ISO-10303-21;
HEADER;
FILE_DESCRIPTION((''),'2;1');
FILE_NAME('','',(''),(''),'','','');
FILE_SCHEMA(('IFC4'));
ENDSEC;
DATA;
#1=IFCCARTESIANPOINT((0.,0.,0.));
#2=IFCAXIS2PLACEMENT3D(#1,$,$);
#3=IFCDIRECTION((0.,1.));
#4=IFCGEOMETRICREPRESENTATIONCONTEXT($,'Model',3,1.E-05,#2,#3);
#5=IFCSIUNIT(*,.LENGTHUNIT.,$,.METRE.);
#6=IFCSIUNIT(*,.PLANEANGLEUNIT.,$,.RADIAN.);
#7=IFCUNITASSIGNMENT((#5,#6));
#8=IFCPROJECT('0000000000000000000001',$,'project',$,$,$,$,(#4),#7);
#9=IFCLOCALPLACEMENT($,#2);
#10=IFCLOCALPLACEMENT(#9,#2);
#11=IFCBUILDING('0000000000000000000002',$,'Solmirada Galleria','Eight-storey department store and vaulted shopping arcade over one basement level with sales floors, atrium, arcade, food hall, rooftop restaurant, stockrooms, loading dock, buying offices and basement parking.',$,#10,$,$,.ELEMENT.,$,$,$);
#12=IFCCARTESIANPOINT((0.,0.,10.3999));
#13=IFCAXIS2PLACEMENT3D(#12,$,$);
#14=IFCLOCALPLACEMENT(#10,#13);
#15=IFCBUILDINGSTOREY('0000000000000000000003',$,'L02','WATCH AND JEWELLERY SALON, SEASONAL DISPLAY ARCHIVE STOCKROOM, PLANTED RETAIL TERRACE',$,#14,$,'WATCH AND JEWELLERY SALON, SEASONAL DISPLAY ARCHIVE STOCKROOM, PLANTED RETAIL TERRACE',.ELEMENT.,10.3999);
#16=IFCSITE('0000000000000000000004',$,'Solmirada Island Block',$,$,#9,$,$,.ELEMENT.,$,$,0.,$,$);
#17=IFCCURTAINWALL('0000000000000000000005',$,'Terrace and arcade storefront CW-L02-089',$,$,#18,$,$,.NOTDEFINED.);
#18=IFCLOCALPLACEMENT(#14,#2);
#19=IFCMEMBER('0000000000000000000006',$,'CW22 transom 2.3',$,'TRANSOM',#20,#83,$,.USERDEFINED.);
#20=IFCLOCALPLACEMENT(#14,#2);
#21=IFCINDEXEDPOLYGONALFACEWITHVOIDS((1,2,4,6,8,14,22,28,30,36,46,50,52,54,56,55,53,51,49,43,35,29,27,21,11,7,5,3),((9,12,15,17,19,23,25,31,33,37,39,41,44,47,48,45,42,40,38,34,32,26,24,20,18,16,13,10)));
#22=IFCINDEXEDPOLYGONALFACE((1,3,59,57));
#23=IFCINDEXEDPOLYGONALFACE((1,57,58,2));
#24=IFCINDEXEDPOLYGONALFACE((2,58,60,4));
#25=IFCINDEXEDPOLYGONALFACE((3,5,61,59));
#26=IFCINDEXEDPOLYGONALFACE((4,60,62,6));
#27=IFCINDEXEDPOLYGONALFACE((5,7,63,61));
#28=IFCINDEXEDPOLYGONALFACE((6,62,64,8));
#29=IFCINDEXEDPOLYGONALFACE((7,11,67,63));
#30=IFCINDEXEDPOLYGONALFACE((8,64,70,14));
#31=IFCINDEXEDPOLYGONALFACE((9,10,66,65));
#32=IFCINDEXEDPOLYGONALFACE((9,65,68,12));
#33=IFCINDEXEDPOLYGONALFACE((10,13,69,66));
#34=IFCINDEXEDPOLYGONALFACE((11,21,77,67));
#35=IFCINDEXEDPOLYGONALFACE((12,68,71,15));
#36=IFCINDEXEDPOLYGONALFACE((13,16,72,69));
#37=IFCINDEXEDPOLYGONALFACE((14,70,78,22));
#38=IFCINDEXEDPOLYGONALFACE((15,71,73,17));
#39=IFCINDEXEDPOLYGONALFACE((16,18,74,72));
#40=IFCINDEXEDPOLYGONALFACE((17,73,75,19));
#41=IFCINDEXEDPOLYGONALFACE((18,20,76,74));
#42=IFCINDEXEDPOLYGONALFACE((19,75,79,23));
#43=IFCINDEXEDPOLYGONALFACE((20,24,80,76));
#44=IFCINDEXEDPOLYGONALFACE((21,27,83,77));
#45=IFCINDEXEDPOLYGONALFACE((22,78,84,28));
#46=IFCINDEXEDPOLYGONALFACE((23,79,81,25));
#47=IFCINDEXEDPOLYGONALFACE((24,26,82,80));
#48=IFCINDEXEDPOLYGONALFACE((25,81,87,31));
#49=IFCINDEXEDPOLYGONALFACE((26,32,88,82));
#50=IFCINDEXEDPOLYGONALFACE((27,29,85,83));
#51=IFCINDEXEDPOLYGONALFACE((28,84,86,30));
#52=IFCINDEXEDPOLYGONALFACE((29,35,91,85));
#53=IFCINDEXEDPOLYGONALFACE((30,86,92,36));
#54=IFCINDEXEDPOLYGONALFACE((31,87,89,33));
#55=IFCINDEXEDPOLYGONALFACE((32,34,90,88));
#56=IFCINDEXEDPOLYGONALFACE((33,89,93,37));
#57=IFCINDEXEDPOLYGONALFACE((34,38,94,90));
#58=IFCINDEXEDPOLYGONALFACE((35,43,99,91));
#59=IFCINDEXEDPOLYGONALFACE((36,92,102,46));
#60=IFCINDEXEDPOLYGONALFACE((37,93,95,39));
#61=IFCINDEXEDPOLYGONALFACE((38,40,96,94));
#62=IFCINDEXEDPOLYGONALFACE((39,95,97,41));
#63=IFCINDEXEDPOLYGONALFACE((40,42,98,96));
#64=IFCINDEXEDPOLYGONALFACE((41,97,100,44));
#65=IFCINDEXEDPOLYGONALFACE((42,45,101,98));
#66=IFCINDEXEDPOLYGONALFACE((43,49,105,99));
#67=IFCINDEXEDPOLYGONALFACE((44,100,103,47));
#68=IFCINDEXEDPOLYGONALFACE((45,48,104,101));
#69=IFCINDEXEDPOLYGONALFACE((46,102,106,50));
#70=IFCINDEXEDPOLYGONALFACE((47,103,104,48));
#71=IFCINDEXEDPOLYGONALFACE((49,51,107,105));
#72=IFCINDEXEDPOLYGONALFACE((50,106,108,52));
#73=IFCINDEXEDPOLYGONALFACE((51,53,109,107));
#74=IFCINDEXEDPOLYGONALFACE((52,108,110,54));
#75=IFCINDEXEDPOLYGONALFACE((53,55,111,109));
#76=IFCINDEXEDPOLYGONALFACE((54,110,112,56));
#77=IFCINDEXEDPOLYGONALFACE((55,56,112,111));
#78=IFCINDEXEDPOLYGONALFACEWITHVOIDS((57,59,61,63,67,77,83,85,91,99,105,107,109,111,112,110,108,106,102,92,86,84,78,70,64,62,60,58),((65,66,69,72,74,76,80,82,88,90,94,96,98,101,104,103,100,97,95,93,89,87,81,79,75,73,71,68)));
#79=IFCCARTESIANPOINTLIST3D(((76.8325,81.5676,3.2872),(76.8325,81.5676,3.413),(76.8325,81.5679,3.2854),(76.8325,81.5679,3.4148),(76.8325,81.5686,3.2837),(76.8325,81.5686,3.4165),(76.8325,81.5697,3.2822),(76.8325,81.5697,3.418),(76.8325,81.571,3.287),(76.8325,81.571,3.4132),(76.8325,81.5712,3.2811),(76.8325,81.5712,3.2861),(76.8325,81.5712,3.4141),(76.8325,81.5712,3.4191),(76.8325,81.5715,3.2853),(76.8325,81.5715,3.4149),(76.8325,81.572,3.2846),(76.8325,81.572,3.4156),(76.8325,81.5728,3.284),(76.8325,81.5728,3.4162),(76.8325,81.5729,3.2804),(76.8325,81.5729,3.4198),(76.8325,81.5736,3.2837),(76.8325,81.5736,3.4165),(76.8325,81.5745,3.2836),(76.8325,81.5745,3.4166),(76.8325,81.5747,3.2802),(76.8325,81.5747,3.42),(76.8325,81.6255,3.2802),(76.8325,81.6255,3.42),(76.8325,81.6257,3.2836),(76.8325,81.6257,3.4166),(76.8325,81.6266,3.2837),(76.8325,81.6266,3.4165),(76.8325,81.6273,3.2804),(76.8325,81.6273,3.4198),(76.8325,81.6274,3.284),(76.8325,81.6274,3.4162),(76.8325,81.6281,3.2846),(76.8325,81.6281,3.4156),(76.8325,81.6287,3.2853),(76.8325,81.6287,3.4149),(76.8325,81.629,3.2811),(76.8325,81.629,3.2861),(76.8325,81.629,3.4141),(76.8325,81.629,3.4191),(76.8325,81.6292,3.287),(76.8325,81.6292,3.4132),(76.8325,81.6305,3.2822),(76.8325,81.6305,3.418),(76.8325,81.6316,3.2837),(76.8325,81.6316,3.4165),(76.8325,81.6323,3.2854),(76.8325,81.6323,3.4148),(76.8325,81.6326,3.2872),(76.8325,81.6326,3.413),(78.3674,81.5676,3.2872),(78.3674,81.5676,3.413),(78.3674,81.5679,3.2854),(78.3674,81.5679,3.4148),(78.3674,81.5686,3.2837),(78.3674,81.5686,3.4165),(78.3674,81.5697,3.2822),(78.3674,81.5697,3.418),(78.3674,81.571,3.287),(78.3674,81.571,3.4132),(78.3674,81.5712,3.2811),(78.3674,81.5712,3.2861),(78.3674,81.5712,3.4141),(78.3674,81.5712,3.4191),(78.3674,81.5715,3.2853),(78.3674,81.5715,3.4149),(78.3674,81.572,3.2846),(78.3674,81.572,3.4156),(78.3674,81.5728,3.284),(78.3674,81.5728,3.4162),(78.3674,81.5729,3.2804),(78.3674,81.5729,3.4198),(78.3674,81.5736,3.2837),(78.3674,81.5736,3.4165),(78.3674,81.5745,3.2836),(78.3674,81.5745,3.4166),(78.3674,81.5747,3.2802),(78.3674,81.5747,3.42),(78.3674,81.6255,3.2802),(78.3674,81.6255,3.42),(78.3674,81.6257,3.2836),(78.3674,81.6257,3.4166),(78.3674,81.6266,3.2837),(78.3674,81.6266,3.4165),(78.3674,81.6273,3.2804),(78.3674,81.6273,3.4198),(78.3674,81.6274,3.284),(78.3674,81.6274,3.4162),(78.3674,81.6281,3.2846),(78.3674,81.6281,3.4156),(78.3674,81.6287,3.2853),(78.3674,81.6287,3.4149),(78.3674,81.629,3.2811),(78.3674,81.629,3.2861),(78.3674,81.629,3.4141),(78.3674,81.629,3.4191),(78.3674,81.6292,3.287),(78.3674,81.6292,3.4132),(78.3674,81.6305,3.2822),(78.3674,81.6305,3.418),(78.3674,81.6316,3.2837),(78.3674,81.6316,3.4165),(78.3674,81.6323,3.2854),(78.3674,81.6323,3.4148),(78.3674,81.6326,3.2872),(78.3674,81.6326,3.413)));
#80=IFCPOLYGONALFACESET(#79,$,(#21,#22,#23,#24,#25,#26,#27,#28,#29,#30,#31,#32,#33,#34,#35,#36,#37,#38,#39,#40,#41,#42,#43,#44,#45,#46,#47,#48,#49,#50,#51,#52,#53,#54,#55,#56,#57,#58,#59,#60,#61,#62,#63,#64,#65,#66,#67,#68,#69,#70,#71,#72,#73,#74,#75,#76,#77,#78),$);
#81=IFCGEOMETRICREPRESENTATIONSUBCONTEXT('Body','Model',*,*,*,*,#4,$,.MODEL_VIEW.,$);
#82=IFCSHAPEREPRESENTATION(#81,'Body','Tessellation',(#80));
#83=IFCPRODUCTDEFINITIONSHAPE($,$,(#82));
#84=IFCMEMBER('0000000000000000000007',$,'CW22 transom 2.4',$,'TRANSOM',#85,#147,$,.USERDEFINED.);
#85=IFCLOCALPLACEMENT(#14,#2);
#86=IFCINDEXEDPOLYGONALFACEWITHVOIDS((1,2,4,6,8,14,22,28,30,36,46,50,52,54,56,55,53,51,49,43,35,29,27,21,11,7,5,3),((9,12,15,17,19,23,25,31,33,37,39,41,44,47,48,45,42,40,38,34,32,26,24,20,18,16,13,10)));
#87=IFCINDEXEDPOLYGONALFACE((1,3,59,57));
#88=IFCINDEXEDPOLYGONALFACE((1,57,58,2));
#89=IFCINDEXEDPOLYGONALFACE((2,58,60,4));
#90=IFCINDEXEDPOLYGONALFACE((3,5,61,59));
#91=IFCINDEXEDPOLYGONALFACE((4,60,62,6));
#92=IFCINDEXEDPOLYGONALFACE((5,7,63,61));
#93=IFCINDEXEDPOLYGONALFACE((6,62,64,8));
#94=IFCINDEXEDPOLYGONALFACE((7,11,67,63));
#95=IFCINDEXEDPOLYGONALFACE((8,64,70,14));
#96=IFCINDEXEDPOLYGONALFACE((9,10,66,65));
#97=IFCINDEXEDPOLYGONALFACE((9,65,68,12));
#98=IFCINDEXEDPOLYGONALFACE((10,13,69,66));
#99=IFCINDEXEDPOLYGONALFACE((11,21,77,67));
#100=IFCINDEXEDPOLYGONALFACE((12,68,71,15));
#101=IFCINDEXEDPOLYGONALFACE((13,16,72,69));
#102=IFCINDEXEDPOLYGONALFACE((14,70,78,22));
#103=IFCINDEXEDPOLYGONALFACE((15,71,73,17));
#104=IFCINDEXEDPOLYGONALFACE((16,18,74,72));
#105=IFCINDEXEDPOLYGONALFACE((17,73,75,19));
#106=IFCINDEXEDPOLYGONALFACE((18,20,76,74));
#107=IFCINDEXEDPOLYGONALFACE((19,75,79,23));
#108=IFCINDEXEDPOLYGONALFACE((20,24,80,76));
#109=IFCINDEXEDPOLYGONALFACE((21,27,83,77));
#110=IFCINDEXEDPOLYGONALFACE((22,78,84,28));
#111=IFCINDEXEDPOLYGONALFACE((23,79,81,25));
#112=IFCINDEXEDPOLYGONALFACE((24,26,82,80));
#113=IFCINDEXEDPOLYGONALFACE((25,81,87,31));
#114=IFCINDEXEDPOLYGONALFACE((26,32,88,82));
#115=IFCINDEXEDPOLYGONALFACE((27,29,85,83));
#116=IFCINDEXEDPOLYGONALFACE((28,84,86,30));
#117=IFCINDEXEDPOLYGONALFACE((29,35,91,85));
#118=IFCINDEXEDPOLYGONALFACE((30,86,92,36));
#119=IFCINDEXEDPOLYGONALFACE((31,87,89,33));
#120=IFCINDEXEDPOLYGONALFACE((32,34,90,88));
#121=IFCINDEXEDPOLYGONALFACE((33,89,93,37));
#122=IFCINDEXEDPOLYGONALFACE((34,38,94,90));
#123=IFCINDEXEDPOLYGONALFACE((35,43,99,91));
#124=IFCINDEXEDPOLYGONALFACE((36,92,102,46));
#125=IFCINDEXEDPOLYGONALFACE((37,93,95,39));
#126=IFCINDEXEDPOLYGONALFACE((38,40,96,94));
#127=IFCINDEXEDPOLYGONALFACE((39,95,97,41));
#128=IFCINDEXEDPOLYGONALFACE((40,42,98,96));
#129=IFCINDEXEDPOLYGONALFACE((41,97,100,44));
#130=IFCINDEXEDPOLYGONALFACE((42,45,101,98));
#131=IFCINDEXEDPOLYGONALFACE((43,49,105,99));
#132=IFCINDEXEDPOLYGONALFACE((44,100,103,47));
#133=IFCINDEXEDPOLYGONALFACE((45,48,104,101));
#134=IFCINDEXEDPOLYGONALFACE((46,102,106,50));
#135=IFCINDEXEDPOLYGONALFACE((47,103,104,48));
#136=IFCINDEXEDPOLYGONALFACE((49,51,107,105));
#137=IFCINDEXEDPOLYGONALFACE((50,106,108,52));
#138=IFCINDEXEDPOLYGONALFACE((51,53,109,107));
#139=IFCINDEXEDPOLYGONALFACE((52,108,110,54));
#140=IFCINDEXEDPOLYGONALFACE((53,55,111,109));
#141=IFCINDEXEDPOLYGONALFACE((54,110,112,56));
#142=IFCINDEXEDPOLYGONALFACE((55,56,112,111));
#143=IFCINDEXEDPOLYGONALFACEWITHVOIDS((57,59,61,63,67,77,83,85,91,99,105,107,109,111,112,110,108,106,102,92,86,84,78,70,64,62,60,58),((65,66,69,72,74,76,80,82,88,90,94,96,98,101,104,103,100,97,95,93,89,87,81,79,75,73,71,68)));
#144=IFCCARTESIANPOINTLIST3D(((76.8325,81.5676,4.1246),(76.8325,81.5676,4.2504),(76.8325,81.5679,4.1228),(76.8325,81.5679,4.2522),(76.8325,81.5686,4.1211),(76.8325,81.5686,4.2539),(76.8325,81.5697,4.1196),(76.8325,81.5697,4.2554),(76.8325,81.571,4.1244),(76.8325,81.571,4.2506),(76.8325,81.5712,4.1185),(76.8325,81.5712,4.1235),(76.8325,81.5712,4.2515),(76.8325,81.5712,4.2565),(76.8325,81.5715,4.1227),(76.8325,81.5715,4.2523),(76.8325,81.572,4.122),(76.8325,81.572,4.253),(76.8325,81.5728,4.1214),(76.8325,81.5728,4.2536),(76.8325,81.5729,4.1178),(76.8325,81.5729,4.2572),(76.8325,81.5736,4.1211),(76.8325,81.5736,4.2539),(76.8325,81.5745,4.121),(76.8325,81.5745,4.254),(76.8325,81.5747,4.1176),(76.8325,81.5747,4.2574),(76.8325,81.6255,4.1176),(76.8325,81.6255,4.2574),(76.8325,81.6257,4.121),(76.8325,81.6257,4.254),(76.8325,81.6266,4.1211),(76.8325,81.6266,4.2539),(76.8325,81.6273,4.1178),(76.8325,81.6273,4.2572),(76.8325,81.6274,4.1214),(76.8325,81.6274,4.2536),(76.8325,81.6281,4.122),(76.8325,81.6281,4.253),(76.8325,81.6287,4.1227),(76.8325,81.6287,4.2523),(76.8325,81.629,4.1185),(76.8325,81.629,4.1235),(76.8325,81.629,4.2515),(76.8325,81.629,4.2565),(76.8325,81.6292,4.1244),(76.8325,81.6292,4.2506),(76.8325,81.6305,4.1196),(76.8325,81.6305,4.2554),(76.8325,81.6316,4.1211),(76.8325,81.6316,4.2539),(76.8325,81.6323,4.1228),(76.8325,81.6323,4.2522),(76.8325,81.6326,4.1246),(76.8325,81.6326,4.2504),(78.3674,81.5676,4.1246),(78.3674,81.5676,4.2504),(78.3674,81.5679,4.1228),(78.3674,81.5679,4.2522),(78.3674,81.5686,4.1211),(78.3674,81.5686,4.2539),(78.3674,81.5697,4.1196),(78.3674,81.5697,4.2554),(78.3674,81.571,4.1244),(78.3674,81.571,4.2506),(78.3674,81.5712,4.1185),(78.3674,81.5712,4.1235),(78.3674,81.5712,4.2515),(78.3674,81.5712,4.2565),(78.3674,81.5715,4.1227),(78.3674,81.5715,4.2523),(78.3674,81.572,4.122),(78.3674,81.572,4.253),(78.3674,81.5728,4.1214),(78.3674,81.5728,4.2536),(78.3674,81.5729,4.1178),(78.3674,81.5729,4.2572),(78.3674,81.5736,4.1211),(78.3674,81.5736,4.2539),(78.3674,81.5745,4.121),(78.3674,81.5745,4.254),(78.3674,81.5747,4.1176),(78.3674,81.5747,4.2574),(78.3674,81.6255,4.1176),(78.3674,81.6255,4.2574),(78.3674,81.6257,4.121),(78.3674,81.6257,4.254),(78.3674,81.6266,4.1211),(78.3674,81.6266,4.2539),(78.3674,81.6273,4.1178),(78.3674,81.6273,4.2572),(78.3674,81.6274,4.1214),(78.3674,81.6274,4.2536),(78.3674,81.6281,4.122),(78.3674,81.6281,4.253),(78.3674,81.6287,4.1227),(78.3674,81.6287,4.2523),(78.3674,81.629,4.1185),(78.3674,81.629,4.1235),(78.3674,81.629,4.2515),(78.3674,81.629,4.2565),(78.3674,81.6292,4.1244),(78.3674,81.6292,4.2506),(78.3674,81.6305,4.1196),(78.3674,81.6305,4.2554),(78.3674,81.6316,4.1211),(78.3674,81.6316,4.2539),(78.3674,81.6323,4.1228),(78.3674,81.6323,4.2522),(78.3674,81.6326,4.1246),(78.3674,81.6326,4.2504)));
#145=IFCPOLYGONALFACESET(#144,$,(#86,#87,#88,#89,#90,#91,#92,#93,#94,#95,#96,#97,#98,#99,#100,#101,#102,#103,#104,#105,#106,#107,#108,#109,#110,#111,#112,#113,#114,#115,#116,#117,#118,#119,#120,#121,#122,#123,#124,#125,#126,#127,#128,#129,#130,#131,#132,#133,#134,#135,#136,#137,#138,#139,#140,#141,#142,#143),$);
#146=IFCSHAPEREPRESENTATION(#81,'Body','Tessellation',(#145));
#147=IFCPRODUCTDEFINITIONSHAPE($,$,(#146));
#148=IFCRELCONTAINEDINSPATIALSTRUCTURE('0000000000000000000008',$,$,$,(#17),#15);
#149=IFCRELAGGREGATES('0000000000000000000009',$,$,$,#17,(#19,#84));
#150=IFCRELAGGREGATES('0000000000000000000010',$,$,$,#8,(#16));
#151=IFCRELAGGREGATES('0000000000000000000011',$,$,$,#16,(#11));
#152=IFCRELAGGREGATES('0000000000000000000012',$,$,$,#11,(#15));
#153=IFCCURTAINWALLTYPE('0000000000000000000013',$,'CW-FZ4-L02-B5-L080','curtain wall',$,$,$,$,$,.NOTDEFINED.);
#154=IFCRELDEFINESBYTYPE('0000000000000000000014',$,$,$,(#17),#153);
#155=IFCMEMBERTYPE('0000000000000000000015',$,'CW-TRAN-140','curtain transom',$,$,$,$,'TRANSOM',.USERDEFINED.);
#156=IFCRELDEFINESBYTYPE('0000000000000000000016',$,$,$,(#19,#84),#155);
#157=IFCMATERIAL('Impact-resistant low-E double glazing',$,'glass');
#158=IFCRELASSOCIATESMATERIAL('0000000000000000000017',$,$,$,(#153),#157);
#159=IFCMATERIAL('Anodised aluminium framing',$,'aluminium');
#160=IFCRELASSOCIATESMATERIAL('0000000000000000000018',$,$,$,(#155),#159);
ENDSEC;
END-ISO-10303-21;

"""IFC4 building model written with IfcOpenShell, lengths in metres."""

from ifc_helpers import new_model, si_unit, direction, frame, origin, origin_2d, place, context, subcontext, project, spatial, hollow_rectangle, extrude, material, material_profile, profile_set, type_object, element, aggregate, save


model = new_model("IFC4")

# Units and contexts
model_context = context("Model", 3, precision=1e-05, world=origin(), true_north=direction((0.0, 1.0)))
body_context = subcontext(model_context, "Body", "Model", "MODEL_VIEW")
ifc_project = project(units=[si_unit("LENGTHUNIT", "METRE"), si_unit("PLANEANGLEUNIT", "RADIAN")], contexts=[model_context])

# Site, building, storey
site_placement = place(None, origin())
site = spatial("IfcSite", under=ifc_project, at=site_placement, Name="Solmirada Island Block", CompositionType="ELEMENT", RefElevation=0.0)
building_placement = place(site_placement, origin())
building = spatial("IfcBuilding", under=site, at=building_placement, Name="Solmirada Galleria", Description="Eight-storey department store and vaulted shopping arcade over one basement level with sales floors, atrium, arcade, food hall, rooftop restaurant, stockrooms, loading dock, buying offices and basement parking.", CompositionType="ELEMENT")
storey_placement = place(building_placement, frame((0.0, 0.0, 10.3999)))
storey = spatial("IfcBuildingStorey", under=building, at=storey_placement, Name="L02", Description="WATCH AND JEWELLERY SALON, SEASONAL DISPLAY ARCHIVE STOCKROOM, PLANTED RETAIL TERRACE", LongName="WATCH AND JEWELLERY SALON, SEASONAL DISPLAY ARCHIVE STOCKROOM, PLANTED RETAIL TERRACE", CompositionType="ELEMENT", Elevation=10.3999)

# Shared definitions
ifc_material_1 = material(Name="Impact-resistant low-E double glazing", Category="glass")
curtain_wall_type = type_object("IfcCurtainWallType", Name="CW-FZ4-L02-B5-L080", Description="curtain wall", PredefinedType="NOTDEFINED", material=ifc_material_1)
ifc_material_2 = material(Name="Anodised aluminium framing", Category="aluminium")

# Curtain wall, members
curtain_wall_1_placement = place(storey_placement, origin())
curtain_wall_1 = element("IfcCurtainWall", 1, at=curtain_wall_1_placement, inside=storey, type_object=curtain_wall_type, Name="Terrace and arcade storefront CW-L02-089", PredefinedType="NOTDEFINED")
ifc_material_profile_1 = material_profile(ifc_material_2, hollow_rectangle(XDim=0.0649, YDim=0.1399, WallThickness=0.0034, InnerFilletRadius=0.0034, OuterFilletRadius=0.0071, at=origin_2d()), Name="ALU-TRAN-140X65")
ifc_profile_set_1 = profile_set([ifc_material_profile_1], Name="Anodised aluminium framing")
member_type_1 = type_object("IfcMemberType", Name="CW-TRAN-140", Description="curtain transom", ElementType="TRANSOM", PredefinedType="USERDEFINED", material=ifc_profile_set_1)
member_1_placement = place(storey_placement, frame((78.3674, 81.6001, 3.3501), z_axis=(-1.0, 0.0, 0.0), x_axis=(0.0, -1.0, 0.0)))
member_1 = element("IfcMember", 2, at=member_1_placement, type_object=member_type_1, Name="CW22 transom 2.3", ObjectType="TRANSOM", PredefinedType="USERDEFINED", context=body_context, shape_type="SweptSolid", body=[
    extrude(hollow_rectangle(XDim=0.0649, YDim=0.1399, WallThickness=0.0034, InnerFilletRadius=0.0034, OuterFilletRadius=0.0071, at=origin_2d()), origin(), (0.0, 0.0, 1.0), 1.5349),
])
member_2_placement = place(storey_placement, frame((78.3674, 81.6001, 4.1875), z_axis=(-1.0, 0.0, 0.0), x_axis=(0.0, -1.0, 0.0)))
member_2 = element("IfcMember", 3, at=member_2_placement, type_object=member_type_1, Name="CW22 transom 2.4", ObjectType="TRANSOM", PredefinedType="USERDEFINED", context=body_context, shape_type="SweptSolid", body=[
    extrude(hollow_rectangle(XDim=0.0649, YDim=0.1399, WallThickness=0.0034, InnerFilletRadius=0.0034, OuterFilletRadius=0.0071, at=origin_2d()), origin(), (0.0, 0.0, 1.0), 1.5349),
])

aggregate(curtain_wall_1, [member_1, member_2])

save(model, "model.ifc")
